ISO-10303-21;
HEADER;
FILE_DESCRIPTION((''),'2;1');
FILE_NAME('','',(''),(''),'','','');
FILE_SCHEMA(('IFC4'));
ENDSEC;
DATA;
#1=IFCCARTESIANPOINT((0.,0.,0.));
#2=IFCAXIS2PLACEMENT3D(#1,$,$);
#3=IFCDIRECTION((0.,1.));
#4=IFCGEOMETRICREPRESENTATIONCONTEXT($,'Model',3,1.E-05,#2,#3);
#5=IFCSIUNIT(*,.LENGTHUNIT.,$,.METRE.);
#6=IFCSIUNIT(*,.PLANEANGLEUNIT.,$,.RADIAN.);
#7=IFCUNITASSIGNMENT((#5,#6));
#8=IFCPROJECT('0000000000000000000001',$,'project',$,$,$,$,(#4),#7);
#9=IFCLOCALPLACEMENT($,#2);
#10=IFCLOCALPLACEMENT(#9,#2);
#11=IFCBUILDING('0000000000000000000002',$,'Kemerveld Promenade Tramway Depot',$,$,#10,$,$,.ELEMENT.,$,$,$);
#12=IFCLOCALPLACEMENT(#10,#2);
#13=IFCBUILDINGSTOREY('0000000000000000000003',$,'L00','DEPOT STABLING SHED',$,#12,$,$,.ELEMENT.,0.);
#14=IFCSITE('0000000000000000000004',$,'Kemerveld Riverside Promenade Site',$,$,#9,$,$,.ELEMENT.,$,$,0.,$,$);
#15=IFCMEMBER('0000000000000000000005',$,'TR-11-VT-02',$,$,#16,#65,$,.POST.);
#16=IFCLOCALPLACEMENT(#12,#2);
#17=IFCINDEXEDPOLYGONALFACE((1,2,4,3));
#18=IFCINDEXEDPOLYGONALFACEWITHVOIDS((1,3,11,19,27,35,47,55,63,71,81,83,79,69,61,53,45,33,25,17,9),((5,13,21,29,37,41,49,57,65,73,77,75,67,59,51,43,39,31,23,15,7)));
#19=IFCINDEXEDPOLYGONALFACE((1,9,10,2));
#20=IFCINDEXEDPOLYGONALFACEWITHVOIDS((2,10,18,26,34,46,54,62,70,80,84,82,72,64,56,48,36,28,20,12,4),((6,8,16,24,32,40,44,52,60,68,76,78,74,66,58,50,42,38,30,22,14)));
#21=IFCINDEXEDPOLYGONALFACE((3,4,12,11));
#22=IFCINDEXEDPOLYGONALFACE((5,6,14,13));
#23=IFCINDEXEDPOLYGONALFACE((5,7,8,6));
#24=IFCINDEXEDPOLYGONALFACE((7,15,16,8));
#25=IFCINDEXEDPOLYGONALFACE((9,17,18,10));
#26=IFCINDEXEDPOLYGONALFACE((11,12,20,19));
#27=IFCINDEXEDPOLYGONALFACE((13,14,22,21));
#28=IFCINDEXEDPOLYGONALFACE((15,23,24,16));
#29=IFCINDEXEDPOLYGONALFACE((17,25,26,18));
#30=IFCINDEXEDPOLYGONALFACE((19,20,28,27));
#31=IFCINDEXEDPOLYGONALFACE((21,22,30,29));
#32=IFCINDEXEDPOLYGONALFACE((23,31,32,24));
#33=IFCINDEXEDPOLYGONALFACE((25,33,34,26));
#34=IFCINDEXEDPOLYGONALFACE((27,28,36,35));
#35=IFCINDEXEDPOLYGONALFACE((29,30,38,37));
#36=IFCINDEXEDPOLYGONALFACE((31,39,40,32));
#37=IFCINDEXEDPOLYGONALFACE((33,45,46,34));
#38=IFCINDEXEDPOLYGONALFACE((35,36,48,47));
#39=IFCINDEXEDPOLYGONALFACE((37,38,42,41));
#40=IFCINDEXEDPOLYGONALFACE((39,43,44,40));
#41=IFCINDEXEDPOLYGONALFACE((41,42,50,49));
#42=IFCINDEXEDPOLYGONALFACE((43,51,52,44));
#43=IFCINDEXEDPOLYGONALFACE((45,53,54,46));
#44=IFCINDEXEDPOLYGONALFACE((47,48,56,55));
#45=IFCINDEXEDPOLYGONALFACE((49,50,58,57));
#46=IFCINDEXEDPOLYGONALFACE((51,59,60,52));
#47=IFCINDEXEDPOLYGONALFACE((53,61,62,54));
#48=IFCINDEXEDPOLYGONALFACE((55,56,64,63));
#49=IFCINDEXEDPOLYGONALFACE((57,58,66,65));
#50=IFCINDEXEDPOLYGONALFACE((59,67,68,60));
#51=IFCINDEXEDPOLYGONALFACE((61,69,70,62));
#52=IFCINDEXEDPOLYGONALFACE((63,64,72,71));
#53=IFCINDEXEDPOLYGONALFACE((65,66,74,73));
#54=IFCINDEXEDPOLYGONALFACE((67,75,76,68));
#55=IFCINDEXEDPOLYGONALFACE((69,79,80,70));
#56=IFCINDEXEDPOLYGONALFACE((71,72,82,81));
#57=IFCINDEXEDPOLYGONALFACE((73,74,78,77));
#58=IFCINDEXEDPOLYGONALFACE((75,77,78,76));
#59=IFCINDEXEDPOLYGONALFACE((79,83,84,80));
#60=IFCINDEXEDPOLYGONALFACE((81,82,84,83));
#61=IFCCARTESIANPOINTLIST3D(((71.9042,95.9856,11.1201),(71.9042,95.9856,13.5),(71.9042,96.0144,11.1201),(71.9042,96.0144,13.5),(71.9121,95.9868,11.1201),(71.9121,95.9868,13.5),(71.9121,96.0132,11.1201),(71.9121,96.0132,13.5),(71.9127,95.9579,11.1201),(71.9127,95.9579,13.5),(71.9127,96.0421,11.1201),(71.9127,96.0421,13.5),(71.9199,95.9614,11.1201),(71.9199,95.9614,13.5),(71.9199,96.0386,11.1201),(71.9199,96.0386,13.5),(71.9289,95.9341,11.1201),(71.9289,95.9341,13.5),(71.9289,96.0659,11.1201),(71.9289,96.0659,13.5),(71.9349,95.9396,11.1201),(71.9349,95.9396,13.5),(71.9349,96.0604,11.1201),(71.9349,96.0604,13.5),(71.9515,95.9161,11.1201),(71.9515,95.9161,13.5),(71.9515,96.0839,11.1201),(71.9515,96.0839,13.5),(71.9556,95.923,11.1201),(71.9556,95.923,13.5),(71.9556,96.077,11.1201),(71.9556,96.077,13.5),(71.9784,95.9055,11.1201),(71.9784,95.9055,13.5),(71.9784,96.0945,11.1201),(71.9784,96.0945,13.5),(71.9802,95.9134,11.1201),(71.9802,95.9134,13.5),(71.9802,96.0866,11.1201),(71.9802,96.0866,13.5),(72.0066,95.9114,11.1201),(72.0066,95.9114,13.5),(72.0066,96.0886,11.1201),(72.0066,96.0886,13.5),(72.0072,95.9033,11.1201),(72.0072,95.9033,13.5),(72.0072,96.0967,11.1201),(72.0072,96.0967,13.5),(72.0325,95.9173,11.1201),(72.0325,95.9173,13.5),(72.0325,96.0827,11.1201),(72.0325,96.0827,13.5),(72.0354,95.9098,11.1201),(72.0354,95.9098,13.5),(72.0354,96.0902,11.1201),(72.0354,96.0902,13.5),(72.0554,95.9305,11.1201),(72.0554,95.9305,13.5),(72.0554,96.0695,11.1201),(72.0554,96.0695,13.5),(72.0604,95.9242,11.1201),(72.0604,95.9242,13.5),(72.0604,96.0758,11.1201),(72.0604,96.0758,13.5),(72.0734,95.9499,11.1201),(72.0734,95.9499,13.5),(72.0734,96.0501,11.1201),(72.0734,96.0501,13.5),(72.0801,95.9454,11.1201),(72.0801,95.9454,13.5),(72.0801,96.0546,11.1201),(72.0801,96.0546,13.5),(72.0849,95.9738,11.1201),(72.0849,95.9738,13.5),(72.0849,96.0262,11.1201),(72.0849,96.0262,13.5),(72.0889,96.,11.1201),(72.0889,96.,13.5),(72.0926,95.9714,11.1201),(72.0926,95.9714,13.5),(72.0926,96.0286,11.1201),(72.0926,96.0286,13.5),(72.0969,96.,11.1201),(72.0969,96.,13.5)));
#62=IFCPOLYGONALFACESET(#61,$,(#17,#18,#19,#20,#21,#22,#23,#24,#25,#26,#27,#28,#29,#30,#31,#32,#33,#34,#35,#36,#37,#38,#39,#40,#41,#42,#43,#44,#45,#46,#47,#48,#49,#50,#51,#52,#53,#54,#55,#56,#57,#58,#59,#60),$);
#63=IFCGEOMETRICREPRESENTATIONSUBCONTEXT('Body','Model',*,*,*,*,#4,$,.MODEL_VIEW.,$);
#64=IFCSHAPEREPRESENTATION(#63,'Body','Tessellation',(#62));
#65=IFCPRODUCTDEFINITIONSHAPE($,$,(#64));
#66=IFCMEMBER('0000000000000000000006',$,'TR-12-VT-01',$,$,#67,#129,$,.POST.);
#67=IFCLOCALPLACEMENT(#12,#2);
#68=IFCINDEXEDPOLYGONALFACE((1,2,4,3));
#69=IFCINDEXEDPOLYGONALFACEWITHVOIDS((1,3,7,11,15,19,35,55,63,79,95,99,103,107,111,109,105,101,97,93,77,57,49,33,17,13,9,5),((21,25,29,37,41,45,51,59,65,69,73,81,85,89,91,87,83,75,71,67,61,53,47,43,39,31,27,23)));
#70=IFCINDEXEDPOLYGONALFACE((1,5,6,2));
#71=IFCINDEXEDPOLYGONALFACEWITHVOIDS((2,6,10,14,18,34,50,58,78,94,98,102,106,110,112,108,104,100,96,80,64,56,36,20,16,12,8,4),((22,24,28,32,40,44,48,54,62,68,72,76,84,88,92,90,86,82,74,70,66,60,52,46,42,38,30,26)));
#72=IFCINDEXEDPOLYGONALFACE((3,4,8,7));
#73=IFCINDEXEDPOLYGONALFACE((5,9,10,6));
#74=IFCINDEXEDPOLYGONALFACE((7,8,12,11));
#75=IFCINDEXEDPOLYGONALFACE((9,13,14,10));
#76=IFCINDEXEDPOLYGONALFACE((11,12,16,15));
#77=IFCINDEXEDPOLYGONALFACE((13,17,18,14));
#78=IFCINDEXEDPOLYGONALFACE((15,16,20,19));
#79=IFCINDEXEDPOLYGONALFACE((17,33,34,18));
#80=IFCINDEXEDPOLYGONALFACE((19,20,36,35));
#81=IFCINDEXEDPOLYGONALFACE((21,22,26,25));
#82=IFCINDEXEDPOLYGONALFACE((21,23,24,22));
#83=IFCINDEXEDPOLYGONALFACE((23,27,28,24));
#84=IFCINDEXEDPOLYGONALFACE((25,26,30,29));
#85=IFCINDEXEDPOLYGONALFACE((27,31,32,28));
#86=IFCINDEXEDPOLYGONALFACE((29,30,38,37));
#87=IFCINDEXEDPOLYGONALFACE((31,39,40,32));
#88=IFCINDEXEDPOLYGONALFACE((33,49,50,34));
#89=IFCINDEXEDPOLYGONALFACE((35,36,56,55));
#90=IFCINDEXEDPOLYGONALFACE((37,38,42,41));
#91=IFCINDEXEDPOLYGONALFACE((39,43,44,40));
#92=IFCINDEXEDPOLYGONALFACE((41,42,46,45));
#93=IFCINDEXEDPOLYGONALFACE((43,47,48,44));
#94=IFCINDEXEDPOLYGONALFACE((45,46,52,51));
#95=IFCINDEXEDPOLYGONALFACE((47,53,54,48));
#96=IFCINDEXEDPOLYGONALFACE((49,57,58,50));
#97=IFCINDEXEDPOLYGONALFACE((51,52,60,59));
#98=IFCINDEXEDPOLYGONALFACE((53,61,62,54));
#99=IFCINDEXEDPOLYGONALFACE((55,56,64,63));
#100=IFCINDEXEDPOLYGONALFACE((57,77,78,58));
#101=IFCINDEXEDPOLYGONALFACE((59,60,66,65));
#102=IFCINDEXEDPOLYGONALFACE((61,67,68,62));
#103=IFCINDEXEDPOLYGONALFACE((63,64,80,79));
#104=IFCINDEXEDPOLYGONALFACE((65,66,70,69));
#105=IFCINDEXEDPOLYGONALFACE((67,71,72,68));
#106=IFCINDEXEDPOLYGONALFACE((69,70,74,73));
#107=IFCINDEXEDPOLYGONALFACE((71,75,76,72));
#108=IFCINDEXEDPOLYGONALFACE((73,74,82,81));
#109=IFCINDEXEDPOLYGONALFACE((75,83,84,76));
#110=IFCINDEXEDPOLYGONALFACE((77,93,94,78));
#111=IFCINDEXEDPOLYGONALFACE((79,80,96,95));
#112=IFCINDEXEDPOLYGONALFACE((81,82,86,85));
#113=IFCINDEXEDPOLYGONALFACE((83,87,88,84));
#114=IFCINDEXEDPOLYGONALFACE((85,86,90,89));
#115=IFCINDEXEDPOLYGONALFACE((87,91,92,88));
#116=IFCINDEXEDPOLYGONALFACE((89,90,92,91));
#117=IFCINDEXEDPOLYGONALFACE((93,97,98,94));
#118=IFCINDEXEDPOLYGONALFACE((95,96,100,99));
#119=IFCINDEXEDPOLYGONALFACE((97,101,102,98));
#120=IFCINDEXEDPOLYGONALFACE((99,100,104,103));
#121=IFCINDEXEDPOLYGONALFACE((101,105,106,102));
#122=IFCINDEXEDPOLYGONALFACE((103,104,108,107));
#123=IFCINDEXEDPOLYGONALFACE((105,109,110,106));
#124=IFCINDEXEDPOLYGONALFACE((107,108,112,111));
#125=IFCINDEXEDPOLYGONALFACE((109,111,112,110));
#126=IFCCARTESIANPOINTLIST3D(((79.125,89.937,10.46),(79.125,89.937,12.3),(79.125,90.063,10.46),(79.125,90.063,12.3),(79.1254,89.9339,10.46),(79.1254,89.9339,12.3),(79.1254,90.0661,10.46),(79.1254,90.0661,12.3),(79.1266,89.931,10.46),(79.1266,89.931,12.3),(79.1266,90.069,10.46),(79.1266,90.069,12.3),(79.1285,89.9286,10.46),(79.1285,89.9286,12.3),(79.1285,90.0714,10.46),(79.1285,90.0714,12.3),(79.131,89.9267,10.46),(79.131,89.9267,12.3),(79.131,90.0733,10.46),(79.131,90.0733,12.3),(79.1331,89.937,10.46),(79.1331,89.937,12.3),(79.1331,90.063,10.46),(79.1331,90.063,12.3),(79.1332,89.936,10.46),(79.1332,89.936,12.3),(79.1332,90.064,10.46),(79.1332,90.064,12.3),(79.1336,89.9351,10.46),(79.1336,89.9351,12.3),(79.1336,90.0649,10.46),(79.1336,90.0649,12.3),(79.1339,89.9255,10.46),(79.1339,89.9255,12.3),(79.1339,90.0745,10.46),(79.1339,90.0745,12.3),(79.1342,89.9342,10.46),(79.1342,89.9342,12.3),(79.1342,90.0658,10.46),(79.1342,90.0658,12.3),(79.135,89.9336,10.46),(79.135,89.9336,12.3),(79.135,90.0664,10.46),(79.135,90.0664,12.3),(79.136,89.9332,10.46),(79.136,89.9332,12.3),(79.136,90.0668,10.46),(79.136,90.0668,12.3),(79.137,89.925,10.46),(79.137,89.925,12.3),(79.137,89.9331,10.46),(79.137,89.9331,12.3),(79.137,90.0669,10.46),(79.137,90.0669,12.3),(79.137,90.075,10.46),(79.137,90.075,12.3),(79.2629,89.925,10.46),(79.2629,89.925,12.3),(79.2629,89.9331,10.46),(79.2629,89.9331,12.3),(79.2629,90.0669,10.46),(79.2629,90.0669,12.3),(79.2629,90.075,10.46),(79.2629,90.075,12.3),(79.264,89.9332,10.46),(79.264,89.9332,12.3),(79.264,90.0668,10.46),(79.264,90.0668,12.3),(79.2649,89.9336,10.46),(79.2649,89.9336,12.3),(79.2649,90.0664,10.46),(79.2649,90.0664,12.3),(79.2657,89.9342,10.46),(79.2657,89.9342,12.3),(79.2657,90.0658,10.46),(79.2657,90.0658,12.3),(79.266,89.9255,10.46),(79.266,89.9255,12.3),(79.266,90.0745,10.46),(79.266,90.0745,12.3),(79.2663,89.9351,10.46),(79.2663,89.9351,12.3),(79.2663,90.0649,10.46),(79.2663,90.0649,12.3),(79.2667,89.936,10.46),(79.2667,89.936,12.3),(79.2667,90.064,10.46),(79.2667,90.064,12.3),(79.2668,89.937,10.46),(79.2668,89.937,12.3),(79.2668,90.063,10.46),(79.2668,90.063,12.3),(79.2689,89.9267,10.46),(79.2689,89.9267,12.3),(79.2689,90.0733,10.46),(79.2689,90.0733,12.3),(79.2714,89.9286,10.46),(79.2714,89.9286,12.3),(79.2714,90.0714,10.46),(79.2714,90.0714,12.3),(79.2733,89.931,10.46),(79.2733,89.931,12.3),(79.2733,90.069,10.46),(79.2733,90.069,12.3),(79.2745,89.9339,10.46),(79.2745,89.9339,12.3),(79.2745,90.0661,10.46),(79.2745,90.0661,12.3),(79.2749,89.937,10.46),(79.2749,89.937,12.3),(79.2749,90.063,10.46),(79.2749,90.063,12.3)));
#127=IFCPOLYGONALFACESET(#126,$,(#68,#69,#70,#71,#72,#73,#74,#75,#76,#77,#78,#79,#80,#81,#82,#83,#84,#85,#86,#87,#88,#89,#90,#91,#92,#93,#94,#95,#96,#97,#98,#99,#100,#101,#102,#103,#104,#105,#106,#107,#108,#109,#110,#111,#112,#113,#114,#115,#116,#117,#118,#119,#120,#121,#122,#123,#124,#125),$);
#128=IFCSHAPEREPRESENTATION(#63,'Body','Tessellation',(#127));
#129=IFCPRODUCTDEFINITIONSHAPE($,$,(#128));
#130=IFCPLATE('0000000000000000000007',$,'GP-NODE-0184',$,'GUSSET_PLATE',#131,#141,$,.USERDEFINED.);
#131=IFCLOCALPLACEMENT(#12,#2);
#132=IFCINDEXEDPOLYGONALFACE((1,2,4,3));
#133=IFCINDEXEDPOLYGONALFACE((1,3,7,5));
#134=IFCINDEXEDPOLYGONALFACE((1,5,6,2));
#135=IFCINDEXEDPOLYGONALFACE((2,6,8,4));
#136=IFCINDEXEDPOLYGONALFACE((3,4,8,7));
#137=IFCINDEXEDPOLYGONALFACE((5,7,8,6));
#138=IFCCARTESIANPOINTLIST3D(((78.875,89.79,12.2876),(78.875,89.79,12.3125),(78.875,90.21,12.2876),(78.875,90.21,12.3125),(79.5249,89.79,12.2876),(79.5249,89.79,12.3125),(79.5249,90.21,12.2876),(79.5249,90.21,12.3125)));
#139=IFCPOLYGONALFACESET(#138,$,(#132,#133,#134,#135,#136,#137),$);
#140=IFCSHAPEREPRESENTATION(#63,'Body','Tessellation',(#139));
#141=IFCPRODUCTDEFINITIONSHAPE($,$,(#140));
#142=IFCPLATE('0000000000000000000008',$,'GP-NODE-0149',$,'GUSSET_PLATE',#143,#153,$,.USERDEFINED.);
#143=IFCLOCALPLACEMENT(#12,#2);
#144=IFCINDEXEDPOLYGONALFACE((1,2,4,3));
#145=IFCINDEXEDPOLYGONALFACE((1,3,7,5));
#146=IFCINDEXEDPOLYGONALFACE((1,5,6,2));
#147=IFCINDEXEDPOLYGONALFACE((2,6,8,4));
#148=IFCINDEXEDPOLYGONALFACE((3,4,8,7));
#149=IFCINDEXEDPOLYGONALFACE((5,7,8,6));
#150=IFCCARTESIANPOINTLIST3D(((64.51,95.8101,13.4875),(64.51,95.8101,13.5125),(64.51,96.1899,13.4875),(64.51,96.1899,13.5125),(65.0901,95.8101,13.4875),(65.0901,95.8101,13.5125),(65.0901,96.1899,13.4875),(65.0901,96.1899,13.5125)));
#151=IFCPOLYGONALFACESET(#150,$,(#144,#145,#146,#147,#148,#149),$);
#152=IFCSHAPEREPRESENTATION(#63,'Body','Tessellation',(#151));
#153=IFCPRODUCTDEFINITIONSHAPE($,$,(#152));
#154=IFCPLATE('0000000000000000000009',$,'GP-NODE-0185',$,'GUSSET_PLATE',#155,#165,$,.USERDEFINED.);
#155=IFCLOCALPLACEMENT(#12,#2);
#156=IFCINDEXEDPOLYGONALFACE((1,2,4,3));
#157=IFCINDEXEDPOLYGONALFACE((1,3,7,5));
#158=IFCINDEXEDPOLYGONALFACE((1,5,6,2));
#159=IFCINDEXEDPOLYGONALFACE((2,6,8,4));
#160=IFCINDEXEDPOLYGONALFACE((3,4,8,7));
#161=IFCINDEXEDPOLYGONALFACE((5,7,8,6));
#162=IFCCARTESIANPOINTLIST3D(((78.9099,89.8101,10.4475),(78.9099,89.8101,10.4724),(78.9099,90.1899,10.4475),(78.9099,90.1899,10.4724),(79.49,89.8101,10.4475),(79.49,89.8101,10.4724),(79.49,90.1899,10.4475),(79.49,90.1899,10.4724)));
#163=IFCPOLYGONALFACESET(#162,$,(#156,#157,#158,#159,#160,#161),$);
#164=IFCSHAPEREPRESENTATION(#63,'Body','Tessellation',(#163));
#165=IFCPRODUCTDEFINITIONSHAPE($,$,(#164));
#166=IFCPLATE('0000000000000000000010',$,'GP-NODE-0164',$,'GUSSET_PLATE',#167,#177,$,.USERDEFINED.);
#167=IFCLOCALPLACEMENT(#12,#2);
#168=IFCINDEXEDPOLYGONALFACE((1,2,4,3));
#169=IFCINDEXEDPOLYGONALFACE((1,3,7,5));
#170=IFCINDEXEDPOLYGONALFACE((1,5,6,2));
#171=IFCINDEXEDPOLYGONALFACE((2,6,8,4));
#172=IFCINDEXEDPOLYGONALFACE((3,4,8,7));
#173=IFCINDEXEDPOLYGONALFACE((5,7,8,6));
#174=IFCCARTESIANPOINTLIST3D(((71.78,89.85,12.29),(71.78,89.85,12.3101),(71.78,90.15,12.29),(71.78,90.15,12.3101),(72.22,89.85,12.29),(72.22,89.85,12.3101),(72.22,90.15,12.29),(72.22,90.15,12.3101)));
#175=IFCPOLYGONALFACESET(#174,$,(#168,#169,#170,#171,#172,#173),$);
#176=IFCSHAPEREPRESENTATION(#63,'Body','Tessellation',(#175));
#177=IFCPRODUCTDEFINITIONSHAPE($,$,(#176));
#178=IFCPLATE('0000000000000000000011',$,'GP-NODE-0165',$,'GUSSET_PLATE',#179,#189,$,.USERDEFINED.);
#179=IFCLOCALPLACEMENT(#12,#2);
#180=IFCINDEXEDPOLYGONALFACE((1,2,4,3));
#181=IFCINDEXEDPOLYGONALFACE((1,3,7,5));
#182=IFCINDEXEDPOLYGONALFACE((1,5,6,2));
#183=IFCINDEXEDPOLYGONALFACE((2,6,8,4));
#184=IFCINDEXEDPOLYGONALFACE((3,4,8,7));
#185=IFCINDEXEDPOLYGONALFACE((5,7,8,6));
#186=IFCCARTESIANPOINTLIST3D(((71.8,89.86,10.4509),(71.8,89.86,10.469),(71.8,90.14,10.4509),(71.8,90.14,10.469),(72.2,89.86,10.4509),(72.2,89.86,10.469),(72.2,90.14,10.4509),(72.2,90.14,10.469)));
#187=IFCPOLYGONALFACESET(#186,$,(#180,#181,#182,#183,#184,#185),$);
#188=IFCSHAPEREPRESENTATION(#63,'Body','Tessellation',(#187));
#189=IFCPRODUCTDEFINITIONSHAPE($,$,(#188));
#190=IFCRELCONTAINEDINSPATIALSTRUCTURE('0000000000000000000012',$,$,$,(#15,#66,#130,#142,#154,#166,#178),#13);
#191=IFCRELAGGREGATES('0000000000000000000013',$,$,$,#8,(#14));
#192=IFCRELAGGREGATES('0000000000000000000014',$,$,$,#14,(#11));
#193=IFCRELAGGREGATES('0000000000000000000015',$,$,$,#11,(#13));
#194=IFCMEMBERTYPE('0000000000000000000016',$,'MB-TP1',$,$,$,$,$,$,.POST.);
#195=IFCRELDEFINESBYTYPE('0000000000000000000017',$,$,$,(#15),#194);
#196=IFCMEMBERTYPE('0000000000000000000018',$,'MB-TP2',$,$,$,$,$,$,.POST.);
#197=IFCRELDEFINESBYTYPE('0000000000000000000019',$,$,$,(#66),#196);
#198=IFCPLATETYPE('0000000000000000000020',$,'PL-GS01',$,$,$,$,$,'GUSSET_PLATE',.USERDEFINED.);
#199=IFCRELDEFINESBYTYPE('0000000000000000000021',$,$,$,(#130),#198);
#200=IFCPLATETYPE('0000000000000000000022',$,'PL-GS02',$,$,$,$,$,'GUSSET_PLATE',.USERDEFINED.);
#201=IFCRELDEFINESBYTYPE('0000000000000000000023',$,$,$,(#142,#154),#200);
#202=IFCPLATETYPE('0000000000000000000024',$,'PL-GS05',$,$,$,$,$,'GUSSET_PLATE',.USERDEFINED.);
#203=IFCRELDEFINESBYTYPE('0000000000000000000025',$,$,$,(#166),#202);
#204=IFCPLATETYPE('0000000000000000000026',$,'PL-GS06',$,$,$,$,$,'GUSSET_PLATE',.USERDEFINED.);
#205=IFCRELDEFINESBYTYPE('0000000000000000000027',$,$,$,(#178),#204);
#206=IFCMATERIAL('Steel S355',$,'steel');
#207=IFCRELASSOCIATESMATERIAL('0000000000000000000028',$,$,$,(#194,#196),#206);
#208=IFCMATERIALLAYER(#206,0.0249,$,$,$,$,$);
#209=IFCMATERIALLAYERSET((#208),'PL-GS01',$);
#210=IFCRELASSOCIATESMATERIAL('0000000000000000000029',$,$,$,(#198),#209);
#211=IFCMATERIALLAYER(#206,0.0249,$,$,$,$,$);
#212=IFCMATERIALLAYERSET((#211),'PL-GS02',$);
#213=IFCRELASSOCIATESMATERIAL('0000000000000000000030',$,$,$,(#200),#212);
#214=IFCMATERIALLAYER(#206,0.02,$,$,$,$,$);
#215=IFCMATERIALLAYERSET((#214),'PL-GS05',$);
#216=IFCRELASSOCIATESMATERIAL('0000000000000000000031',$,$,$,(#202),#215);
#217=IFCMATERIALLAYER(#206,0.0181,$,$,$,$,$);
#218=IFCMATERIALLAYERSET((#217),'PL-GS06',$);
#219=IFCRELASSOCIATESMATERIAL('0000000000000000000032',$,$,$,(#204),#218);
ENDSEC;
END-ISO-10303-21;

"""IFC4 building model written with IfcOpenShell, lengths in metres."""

from ifc_helpers import new_model, si_unit, direction, frame, origin, origin_2d, place, context, subcontext, project, spatial, rectangle, hollow_rectangle, hollow_circle, extrude, material, layer, layer_set, material_profile, profile_set, type_object, element, save


model = new_model("IFC4")

# Units and contexts
model_context = context("Model", 3, precision=1e-05, world=origin(), true_north=direction((0.0, 1.0)))
body_context = subcontext(model_context, "Body", "Model", "MODEL_VIEW")
ifc_project = project(units=[si_unit("LENGTHUNIT", "METRE"), si_unit("PLANEANGLEUNIT", "RADIAN")], contexts=[model_context])

# Site, building, storey
site_placement = place(None, origin())
site = spatial("IfcSite", under=ifc_project, at=site_placement, Name="Kemerveld Riverside Promenade Site", CompositionType="ELEMENT", RefElevation=0.0)
building_placement = place(site_placement, origin())
building = spatial("IfcBuilding", under=site, at=building_placement, Name="Kemerveld Promenade Tramway Depot", CompositionType="ELEMENT")
storey_placement = place(building_placement, origin())
storey = spatial("IfcBuildingStorey", under=building, at=storey_placement, Name="L00", Description="DEPOT STABLING SHED", CompositionType="ELEMENT", Elevation=0.0)

# Members
ifc_material_1 = material(Name="Steel S355", Category="steel")
ifc_material_profile_1 = material_profile(ifc_material_1, hollow_circle(Radius=0.0969, WallThickness=0.0081, at=origin_2d()), Name="193.7x8.0 CHS")
ifc_profile_set_1 = profile_set([ifc_material_profile_1], Name="Steel S355")
member_type_1 = type_object("IfcMemberType", Name="MB-TP1", PredefinedType="POST", material=ifc_profile_set_1)
member_1_placement = place(storey_placement, frame((72.0, 96.0, 11.1201), z_axis=(0.0, 0.0, 1.0), x_axis=(1.0, 0.0, 0.0)))
element("IfcMember", 1, at=member_1_placement, inside=storey, type_object=member_type_1, Name="TR-11-VT-02", PredefinedType="POST", context=body_context, shape_type="SweptSolid", body=[
    extrude(hollow_circle(Radius=0.0969, WallThickness=0.0081, at=origin_2d()), origin(), (0.0, 0.0, 1.0), 2.3799),
])
ifc_material_profile_2 = material_profile(ifc_material_1, hollow_rectangle(XDim=0.1499, YDim=0.1499, WallThickness=0.0081, InnerFilletRadius=0.0039, OuterFilletRadius=0.012, at=origin_2d()), Name="150x150x8.0 SHS")
ifc_profile_set_2 = profile_set([ifc_material_profile_2], Name="Steel S355")
member_type_2 = type_object("IfcMemberType", Name="MB-TP2", PredefinedType="POST", material=ifc_profile_set_2)
member_2_placement = place(storey_placement, frame((79.2, 90.0, 10.46), z_axis=(0.0, 0.0, 1.0), x_axis=(1.0, 0.0, 0.0)))
element("IfcMember", 2, at=member_2_placement, inside=storey, type_object=member_type_2, Name="TR-12-VT-01", PredefinedType="POST", context=body_context, shape_type="SweptSolid", body=[
    extrude(hollow_rectangle(XDim=0.1499, YDim=0.1499, WallThickness=0.0081, InnerFilletRadius=0.0039, OuterFilletRadius=0.012, at=origin_2d()), origin(), (0.0, 0.0, 1.0), 1.8401),
])

# Plates
ifc_layer_1 = layer(ifc_material_1, 0.0249)
ifc_layer_set_1 = layer_set([ifc_layer_1], Name="PL-GS01")
plate_type_1 = type_object("IfcPlateType", Name="PL-GS01", ElementType="GUSSET_PLATE", PredefinedType="USERDEFINED", material=ifc_layer_set_1)
plate_1_placement = place(storey_placement, frame((79.2, 90.0, 12.2876), z_axis=(0.0, 0.0, 1.0), x_axis=(1.0, 0.0, 0.0)))
element("IfcPlate", 3, at=plate_1_placement, inside=storey, type_object=plate_type_1, Name="GP-NODE-0184", ObjectType="GUSSET_PLATE", PredefinedType="USERDEFINED", context=body_context, shape_type="SweptSolid", body=[
    extrude(rectangle(XDim=0.6499, YDim=0.4199, at=origin_2d()), origin(), (0.0, 0.0, 1.0), 0.0249),
])
ifc_layer_2 = layer(ifc_material_1, 0.0249)
ifc_layer_set_2 = layer_set([ifc_layer_2], Name="PL-GS02")
plate_type_2 = type_object("IfcPlateType", Name="PL-GS02", ElementType="GUSSET_PLATE", PredefinedType="USERDEFINED", material=ifc_layer_set_2)
for number, where, z_axis, x_axis, name in (
    (4, (64.8, 96.0, 13.4875), (0.0, 0.0, 1.0), (1.0, 0.0, 0.0), "GP-NODE-0149"),
    (5, (79.2, 90.0, 10.4475), (0.0, 0.0, 1.0), (1.0, 0.0, 0.0), "GP-NODE-0185"),
):
    element("IfcPlate", number, at=place(storey_placement, frame(where, z_axis=z_axis, x_axis=x_axis)), inside=storey, type_object=plate_type_2, Name=name, ObjectType="GUSSET_PLATE", PredefinedType="USERDEFINED", context=body_context, shape_type="SweptSolid", body=[
        extrude(rectangle(XDim=0.5801, YDim=0.3799, at=origin_2d()), origin(), (0.0, 0.0, 1.0), 0.0249),
    ])
ifc_layer_3 = layer(ifc_material_1, 0.02)
ifc_layer_set_3 = layer_set([ifc_layer_3], Name="PL-GS05")
plate_type_3 = type_object("IfcPlateType", Name="PL-GS05", ElementType="GUSSET_PLATE", PredefinedType="USERDEFINED", material=ifc_layer_set_3)
plate_2_placement = place(storey_placement, frame((72.0, 90.0, 12.29), z_axis=(0.0, 0.0, 1.0), x_axis=(1.0, 0.0, 0.0)))
element("IfcPlate", 6, at=plate_2_placement, inside=storey, type_object=plate_type_3, Name="GP-NODE-0164", ObjectType="GUSSET_PLATE", PredefinedType="USERDEFINED", context=body_context, shape_type="SweptSolid", body=[
    extrude(rectangle(XDim=0.4399, YDim=0.3, at=origin_2d()), origin(), (0.0, 0.0, 1.0), 0.02),
])
ifc_layer_4 = layer(ifc_material_1, 0.0181)
ifc_layer_set_4 = layer_set([ifc_layer_4], Name="PL-GS06")
plate_type_4 = type_object("IfcPlateType", Name="PL-GS06", ElementType="GUSSET_PLATE", PredefinedType="USERDEFINED", material=ifc_layer_set_4)
plate_3_placement = place(storey_placement, frame((72.0, 90.0, 10.4509), z_axis=(0.0, 0.0, 1.0), x_axis=(1.0, 0.0, 0.0)))
element("IfcPlate", 7, at=plate_3_placement, inside=storey, type_object=plate_type_4, Name="GP-NODE-0165", ObjectType="GUSSET_PLATE", PredefinedType="USERDEFINED", context=body_context, shape_type="SweptSolid", body=[
    extrude(rectangle(XDim=0.3999, YDim=0.28, at=origin_2d()), origin(), (0.0, 0.0, 1.0), 0.0181),
])

save(model, "model.ifc")
